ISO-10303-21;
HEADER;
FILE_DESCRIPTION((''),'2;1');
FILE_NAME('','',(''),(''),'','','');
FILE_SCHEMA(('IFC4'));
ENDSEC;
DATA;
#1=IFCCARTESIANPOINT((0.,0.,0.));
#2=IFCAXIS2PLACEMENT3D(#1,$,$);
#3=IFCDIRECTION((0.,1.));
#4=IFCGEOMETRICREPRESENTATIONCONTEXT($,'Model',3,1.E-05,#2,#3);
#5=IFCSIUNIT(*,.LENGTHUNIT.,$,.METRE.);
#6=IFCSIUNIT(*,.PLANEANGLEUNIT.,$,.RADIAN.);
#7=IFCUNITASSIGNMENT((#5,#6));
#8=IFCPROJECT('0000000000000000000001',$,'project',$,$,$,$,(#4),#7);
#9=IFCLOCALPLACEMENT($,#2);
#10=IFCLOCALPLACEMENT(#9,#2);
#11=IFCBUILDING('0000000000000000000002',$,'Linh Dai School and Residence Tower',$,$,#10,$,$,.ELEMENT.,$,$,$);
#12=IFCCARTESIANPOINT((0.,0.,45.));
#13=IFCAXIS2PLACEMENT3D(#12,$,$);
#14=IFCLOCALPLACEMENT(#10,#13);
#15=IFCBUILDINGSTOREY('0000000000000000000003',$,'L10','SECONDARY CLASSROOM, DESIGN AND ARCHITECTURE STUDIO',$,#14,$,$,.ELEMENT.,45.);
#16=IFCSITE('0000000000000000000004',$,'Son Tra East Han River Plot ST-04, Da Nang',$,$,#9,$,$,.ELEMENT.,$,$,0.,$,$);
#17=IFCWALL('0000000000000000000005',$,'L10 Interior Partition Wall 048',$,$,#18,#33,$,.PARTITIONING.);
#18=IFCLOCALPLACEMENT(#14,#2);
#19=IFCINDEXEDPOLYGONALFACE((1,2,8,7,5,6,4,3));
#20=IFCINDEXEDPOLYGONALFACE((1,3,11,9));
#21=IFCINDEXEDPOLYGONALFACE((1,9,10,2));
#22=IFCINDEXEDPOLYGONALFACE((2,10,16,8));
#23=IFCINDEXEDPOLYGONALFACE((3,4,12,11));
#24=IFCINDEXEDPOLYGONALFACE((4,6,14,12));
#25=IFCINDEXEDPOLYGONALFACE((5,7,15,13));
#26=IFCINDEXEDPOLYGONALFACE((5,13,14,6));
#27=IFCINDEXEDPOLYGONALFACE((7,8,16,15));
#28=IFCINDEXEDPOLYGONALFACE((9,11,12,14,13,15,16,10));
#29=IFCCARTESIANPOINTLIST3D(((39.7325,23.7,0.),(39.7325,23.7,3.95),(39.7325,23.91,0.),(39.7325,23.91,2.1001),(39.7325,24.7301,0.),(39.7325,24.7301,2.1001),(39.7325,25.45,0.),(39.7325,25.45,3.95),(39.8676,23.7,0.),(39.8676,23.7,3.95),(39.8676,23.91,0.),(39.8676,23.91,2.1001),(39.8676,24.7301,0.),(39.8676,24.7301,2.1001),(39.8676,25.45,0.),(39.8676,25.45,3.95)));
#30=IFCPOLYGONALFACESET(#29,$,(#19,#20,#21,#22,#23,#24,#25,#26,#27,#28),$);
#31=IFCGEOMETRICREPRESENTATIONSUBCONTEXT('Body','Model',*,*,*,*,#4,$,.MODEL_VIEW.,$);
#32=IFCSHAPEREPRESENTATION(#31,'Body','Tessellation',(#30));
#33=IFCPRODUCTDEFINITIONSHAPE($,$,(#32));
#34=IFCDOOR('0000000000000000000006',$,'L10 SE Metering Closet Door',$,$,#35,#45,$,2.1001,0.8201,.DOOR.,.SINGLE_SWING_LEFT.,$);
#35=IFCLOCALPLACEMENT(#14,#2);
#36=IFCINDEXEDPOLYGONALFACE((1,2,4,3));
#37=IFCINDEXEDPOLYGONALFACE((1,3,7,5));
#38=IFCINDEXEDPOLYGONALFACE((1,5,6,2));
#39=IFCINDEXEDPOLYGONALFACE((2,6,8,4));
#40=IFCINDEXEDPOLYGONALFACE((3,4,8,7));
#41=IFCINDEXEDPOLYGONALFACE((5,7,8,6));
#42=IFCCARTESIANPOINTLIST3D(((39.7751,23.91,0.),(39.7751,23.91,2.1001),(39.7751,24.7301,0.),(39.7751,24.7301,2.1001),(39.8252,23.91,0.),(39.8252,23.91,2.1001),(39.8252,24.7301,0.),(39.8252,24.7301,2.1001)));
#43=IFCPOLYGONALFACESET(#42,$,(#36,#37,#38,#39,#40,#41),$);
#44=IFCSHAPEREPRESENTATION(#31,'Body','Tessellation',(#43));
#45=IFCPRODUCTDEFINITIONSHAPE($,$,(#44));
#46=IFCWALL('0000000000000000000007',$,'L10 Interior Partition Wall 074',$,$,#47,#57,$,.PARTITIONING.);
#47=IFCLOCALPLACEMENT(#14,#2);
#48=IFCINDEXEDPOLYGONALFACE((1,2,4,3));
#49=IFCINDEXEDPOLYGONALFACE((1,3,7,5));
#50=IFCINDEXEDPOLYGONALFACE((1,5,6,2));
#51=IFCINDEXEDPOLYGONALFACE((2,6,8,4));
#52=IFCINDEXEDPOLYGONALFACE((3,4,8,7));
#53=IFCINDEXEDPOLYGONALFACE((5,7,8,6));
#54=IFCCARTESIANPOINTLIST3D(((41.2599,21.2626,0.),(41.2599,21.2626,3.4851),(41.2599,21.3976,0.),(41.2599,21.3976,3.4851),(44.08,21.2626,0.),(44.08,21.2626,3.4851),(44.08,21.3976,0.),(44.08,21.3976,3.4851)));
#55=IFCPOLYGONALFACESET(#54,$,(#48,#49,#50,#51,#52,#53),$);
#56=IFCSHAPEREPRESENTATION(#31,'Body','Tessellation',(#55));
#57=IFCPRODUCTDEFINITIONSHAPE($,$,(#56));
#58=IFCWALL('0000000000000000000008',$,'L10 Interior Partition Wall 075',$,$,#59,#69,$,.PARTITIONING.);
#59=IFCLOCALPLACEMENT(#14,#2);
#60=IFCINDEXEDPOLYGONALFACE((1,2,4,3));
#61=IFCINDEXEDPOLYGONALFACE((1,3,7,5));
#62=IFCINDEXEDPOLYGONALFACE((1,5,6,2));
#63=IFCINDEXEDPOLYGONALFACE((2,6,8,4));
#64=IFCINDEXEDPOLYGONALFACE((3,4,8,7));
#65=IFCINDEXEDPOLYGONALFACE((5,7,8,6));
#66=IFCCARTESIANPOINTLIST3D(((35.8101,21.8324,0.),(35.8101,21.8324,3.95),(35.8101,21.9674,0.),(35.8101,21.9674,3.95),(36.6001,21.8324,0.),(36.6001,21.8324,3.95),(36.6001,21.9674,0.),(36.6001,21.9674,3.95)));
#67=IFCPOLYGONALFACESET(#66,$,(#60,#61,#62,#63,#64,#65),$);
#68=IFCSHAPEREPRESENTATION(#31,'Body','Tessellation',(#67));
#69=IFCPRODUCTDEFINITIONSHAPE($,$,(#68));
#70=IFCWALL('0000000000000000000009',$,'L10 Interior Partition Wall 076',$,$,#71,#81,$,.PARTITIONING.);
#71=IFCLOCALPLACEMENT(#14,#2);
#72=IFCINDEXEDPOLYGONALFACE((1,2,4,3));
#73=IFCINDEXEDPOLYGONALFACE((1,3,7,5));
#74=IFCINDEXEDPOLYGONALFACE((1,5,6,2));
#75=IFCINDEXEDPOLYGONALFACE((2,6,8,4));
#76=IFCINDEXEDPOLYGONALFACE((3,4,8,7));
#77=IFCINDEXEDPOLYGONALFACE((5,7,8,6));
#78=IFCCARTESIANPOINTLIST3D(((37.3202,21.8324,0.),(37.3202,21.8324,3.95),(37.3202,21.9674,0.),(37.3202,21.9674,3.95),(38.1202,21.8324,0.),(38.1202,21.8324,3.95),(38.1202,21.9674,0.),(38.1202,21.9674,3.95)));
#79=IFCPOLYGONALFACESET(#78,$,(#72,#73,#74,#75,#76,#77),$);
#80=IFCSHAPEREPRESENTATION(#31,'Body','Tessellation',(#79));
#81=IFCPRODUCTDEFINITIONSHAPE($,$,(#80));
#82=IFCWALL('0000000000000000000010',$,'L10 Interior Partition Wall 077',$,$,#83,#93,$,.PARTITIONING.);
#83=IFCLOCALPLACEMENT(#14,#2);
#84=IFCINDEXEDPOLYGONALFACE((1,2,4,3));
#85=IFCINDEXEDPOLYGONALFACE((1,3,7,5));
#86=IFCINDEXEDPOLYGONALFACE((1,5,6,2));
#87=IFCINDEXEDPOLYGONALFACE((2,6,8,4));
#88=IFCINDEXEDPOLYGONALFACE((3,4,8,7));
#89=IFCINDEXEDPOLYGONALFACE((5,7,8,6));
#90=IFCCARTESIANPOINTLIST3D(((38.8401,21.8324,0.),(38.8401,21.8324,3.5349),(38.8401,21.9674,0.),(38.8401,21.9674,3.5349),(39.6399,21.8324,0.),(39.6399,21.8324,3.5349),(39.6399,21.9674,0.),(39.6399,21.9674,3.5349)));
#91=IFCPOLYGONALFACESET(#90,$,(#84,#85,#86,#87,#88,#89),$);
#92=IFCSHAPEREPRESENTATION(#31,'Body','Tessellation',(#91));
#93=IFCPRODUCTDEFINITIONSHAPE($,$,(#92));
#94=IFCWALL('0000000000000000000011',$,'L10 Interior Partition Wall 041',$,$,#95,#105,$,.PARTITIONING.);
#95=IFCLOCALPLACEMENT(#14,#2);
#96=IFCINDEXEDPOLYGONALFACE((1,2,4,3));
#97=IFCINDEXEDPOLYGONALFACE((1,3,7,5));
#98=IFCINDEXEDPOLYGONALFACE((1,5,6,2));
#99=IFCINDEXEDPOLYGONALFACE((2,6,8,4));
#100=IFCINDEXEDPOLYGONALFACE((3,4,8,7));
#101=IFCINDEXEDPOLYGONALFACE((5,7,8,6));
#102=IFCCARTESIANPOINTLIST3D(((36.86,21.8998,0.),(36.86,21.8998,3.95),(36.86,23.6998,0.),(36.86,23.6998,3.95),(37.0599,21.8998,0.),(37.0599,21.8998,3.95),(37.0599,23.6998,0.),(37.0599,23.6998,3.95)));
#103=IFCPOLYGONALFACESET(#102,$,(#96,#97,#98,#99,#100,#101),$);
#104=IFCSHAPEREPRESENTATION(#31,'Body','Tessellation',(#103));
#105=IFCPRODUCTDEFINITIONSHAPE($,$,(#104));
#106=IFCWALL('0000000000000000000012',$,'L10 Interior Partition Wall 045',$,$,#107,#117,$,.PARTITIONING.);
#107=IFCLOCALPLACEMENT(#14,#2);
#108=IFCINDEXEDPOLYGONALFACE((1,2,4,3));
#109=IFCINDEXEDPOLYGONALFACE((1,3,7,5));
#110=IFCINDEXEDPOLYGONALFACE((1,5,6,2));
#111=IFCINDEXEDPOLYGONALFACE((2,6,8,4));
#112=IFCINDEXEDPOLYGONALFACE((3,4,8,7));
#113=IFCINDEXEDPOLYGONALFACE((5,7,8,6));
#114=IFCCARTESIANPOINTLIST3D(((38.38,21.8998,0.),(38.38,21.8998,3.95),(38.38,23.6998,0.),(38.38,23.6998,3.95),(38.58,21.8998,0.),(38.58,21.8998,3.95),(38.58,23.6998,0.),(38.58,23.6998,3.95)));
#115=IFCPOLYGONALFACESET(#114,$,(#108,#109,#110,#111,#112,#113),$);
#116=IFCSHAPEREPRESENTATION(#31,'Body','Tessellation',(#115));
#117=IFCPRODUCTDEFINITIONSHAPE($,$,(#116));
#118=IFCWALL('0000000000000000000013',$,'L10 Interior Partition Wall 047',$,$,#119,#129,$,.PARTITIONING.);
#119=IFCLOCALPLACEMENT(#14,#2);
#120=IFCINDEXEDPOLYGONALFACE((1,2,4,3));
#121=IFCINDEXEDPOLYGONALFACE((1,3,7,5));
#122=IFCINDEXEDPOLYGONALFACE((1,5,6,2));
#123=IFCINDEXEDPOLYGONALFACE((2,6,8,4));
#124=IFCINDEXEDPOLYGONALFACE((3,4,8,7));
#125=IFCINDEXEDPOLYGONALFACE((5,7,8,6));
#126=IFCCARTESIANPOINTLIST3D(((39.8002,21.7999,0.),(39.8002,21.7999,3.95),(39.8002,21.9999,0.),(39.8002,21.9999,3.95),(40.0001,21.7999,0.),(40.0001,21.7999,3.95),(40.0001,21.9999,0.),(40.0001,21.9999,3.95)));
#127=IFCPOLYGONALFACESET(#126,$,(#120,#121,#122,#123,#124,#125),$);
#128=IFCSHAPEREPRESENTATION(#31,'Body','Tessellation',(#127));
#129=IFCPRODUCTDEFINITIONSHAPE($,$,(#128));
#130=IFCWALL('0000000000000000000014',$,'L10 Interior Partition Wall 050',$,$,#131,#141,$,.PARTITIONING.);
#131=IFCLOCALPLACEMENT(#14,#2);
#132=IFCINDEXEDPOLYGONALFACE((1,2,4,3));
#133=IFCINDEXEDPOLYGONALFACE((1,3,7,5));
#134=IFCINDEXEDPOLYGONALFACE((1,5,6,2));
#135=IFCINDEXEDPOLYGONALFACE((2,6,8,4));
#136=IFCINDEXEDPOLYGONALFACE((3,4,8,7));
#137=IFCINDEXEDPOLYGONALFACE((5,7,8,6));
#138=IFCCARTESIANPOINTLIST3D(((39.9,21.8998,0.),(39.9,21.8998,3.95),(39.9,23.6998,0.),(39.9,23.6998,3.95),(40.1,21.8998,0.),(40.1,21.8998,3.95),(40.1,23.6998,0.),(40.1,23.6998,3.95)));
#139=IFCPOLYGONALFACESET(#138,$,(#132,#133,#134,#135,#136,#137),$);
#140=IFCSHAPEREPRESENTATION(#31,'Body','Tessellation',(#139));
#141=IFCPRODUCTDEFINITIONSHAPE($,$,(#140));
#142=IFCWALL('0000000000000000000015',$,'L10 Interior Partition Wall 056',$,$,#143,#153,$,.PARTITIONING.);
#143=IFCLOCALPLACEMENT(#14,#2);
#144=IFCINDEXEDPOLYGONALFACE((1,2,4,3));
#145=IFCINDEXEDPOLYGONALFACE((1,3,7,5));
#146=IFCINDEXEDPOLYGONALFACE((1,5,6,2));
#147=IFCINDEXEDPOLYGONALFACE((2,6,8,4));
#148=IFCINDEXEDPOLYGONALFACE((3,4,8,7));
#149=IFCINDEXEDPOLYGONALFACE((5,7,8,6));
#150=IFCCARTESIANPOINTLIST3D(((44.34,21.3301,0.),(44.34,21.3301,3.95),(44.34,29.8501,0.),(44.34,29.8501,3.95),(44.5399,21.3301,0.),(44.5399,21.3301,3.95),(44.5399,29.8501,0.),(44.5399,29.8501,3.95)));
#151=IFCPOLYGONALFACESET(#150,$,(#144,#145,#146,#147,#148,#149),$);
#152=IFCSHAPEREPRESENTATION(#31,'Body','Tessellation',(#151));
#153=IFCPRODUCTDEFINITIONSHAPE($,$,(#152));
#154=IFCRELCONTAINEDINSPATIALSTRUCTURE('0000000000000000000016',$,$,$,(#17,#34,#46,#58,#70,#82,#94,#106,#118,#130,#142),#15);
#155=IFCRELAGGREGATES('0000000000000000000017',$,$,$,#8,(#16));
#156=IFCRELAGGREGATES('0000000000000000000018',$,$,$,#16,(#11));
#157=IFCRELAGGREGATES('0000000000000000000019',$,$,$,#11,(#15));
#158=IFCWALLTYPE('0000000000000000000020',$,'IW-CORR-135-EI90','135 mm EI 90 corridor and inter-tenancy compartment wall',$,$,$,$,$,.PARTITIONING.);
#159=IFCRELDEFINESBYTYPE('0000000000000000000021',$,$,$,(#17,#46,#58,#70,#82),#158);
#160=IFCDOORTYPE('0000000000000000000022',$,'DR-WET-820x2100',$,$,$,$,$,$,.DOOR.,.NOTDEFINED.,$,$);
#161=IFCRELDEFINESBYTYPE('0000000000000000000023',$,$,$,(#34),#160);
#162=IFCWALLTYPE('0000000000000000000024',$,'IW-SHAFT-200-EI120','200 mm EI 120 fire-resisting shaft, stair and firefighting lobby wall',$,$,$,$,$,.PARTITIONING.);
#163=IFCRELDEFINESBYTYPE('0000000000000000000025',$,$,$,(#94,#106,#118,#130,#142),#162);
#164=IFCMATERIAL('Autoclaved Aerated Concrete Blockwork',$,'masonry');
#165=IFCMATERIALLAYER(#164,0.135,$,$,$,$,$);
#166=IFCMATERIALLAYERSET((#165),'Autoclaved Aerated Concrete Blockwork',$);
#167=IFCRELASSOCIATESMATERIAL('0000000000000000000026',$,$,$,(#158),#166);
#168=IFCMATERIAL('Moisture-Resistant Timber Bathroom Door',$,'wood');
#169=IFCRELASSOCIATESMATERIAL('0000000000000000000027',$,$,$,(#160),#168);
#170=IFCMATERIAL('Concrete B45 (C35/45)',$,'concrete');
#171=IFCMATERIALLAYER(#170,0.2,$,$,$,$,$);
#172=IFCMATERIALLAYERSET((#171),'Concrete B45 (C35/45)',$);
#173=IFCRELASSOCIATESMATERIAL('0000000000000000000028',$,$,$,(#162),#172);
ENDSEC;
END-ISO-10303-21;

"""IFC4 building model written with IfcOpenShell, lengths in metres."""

from ifc_helpers import new_model, si_unit, direction, frame, frame_2d, origin, origin_2d, place, context, subcontext, project, spatial, rectangle, extrude, source, transform, mapped, material, layer, layer_set, type_object, element, fill, save


model = new_model("IFC4")

# Units and contexts
model_context = context("Model", 3, precision=1e-05, world=origin(), true_north=direction((0.0, 1.0)))
body_context = subcontext(model_context, "Body", "Model", "MODEL_VIEW")
ifc_project = project(units=[si_unit("LENGTHUNIT", "METRE"), si_unit("PLANEANGLEUNIT", "RADIAN")], contexts=[model_context])

# Site, building, storey
site_placement = place(None, origin())
site = spatial("IfcSite", under=ifc_project, at=site_placement, Name="Son Tra East Han River Plot ST-04, Da Nang", CompositionType="ELEMENT", RefElevation=0.0)
building_placement = place(site_placement, origin())
building = spatial("IfcBuilding", under=site, at=building_placement, Name="Linh Dai School and Residence Tower", CompositionType="ELEMENT")
storey_placement = place(building_placement, frame((0.0, 0.0, 45.0)))
storey = spatial("IfcBuildingStorey", under=building, at=storey_placement, Name="L10", Description="SECONDARY CLASSROOM, DESIGN AND ARCHITECTURE STUDIO", CompositionType="ELEMENT", Elevation=45.0)

# Wall, opening, door
ifc_material_1 = material(Name="Autoclaved Aerated Concrete Blockwork", Category="masonry")
ifc_layer_1 = layer(ifc_material_1, 0.135)
ifc_layer_set_1 = layer_set([ifc_layer_1], Name="Autoclaved Aerated Concrete Blockwork")
wall_type_1 = type_object("IfcWallType", Name="IW-CORR-135-EI90", Description="135 mm EI 90 corridor and inter-tenancy compartment wall", PredefinedType="PARTITIONING", material=ifc_layer_set_1)
wall_1_placement = place(storey_placement, frame((39.8, 23.7, 0.0), z_axis=(0.0, 0.0, 1.0), x_axis=(0.0, 1.0, 0.0)))
wall_1 = element("IfcWall", 1, at=wall_1_placement, inside=storey, type_object=wall_type_1, Name="L10 Interior Partition Wall 048", PredefinedType="PARTITIONING", context=body_context, shape_type="SweptSolid", body=[
    extrude(rectangle(XDim=1.75, YDim=0.135, at=frame_2d((0.875, 0.0))), origin(), (0.0, 0.0, 1.0), 3.95),
])
opening_placement = place(wall_1_placement, frame((0.21, 0.0, 0.0)))
opening = element("IfcOpeningElement", 2, at=opening_placement, cuts=wall_1, PredefinedType="OPENING", context=body_context, shape_type="SweptSolid", body=[
    extrude(rectangle(XDim=0.8201, YDim=2.1001, at=origin_2d()), frame((0.4102, 0.0776, 1.05), z_axis=(0.0, -1.0, 0.0), x_axis=(1.0, 0.0, 0.0)), (0.0, 0.0, 1.0), 0.155),
])
ifc_material_2 = material(Name="Moisture-Resistant Timber Bathroom Door", Category="wood")
door_type = type_object("IfcDoorType", Name="DR-WET-820x2100", OperationType="NOTDEFINED", PredefinedType="DOOR", material=ifc_material_2)
shared_shape_1 = source(origin(), body_context, "Body", "SweptSolid", [
    extrude(rectangle(XDim=0.8201, YDim=2.1001, at=origin_2d()), frame((0.4102, 0.0249, 1.05), z_axis=(0.0, -1.0, 0.0), x_axis=(1.0, 0.0, 0.0)), (0.0, 0.0, 1.0), 0.05),
])
door_placement = place(opening_placement, origin())
door = element("IfcDoor", 3, at=door_placement, inside=storey, type_object=door_type, Name="L10 SE Metering Closet Door", OperationType="SINGLE_SWING_LEFT", OverallHeight=2.1001, OverallWidth=0.8201, PredefinedType="DOOR", context=body_context, shape_type="MappedRepresentation", body=[
    mapped(shared_shape_1, transform((0.0, 0.0, 0.0), x_axis=(1.0, 0.0, 0.0), y_axis=(0.0, 1.0, 0.0), z_axis=(0.0, 0.0, 1.0), scale=1.0)),
])
fill(opening, door)

# Walls
wall_2_placement = place(storey_placement, frame((44.0801, 21.3301, 0.0), z_axis=(0.0, 0.0, 1.0), x_axis=(-1.0, 0.0, 0.0)))
element("IfcWall", 4, at=wall_2_placement, inside=storey, type_object=wall_type_1, Name="L10 Interior Partition Wall 074", PredefinedType="PARTITIONING", context=body_context, shape_type="SweptSolid", body=[
    extrude(rectangle(XDim=2.8201, YDim=0.135, at=frame_2d((1.4102, 0.0))), origin(), (0.0, 0.0, 1.0), 3.4851),
])
wall_3_placement = place(storey_placement, frame((36.6001, 21.8999, 0.0), z_axis=(0.0, 0.0, 1.0), x_axis=(-1.0, 0.0, 0.0)))
element("IfcWall", 5, at=wall_3_placement, inside=storey, type_object=wall_type_1, Name="L10 Interior Partition Wall 075", PredefinedType="PARTITIONING", context=body_context, shape_type="SweptSolid", body=[
    extrude(rectangle(XDim=0.79, YDim=0.135, at=frame_2d((0.395, 0.0))), origin(), (0.0, 0.0, 1.0), 3.95),
])
wall_4_placement = place(storey_placement, frame((38.1201, 21.8999, 0.0), z_axis=(0.0, 0.0, 1.0), x_axis=(-1.0, 0.0, 0.0)))
element("IfcWall", 6, at=wall_4_placement, inside=storey, type_object=wall_type_1, Name="L10 Interior Partition Wall 076", PredefinedType="PARTITIONING", context=body_context, shape_type="SweptSolid", body=[
    extrude(rectangle(XDim=0.8, YDim=0.135, at=frame_2d((0.3999, 0.0))), origin(), (0.0, 0.0, 1.0), 3.95),
])
wall_5_placement = place(storey_placement, frame((39.6399, 21.8999, 0.0), z_axis=(0.0, 0.0, 1.0), x_axis=(-1.0, 0.0, 0.0)))
element("IfcWall", 7, at=wall_5_placement, inside=storey, type_object=wall_type_1, Name="L10 Interior Partition Wall 077", PredefinedType="PARTITIONING", context=body_context, shape_type="SweptSolid", body=[
    extrude(rectangle(XDim=0.7998, YDim=0.135, at=frame_2d((0.3999, 0.0))), origin(), (0.0, 0.0, 1.0), 3.5349),
])
ifc_material_3 = material(Name="Concrete B45 (C35/45)", Category="concrete")
ifc_layer_2 = layer(ifc_material_3, 0.2)
ifc_layer_set_2 = layer_set([ifc_layer_2], Name="Concrete B45 (C35/45)")
wall_type_2 = type_object("IfcWallType", Name="IW-SHAFT-200-EI120", Description="200 mm EI 120 fire-resisting shaft, stair and firefighting lobby wall", PredefinedType="PARTITIONING", material=ifc_layer_set_2)
for number, where, z_axis, x_axis, name in (
    (8, (36.96, 21.8999, 0.0), (0.0, 0.0, 1.0), (0.0, 1.0, 0.0), "L10 Interior Partition Wall 041"),
    (9, (38.48, 21.8999, 0.0), (0.0, 0.0, 1.0), (0.0, 1.0, 0.0), "L10 Interior Partition Wall 045"),
):
    element("IfcWall", number, at=place(storey_placement, frame(where, z_axis=z_axis, x_axis=x_axis)), inside=storey, type_object=wall_type_2, Name=name, PredefinedType="PARTITIONING", context=body_context, shape_type="SweptSolid", body=[
        extrude(rectangle(XDim=1.8, YDim=0.2, at=frame_2d((0.8999, 0.0))), origin(), (0.0, 0.0, 1.0), 3.95),
    ])
wall_6_placement = place(storey_placement, frame((39.8, 21.8999, 0.0), z_axis=(0.0, 0.0, 1.0), x_axis=(1.0, 0.0, 0.0)))
element("IfcWall", 10, at=wall_6_placement, inside=storey, type_object=wall_type_2, Name="L10 Interior Partition Wall 047", PredefinedType="PARTITIONING", context=body_context, shape_type="SweptSolid", body=[
    extrude(rectangle(XDim=0.2, YDim=0.2, at=frame_2d((0.1001, 0.0))), origin(), (0.0, 0.0, 1.0), 3.95),
])
wall_7_placement = place(storey_placement, frame((40.0, 21.8999, 0.0), z_axis=(0.0, 0.0, 1.0), x_axis=(0.0, 1.0, 0.0)))
element("IfcWall", 11, at=wall_7_placement, inside=storey, type_object=wall_type_2, Name="L10 Interior Partition Wall 050", PredefinedType="PARTITIONING", context=body_context, shape_type="SweptSolid", body=[
    extrude(rectangle(XDim=1.8, YDim=0.2, at=frame_2d((0.8999, 0.0))), origin(), (0.0, 0.0, 1.0), 3.95),
])
wall_8_placement = place(storey_placement, frame((44.4399, 21.3301, 0.0), z_axis=(0.0, 0.0, 1.0), x_axis=(0.0, 1.0, 0.0)))
element("IfcWall", 12, at=wall_8_placement, inside=storey, type_object=wall_type_2, Name="L10 Interior Partition Wall 056", PredefinedType="PARTITIONING", context=body_context, shape_type="SweptSolid", body=[
    extrude(rectangle(XDim=8.52, YDim=0.2, at=frame_2d((4.26, 0.0))), origin(), (0.0, 0.0, 1.0), 3.95),
])

save(model, "model.ifc")
